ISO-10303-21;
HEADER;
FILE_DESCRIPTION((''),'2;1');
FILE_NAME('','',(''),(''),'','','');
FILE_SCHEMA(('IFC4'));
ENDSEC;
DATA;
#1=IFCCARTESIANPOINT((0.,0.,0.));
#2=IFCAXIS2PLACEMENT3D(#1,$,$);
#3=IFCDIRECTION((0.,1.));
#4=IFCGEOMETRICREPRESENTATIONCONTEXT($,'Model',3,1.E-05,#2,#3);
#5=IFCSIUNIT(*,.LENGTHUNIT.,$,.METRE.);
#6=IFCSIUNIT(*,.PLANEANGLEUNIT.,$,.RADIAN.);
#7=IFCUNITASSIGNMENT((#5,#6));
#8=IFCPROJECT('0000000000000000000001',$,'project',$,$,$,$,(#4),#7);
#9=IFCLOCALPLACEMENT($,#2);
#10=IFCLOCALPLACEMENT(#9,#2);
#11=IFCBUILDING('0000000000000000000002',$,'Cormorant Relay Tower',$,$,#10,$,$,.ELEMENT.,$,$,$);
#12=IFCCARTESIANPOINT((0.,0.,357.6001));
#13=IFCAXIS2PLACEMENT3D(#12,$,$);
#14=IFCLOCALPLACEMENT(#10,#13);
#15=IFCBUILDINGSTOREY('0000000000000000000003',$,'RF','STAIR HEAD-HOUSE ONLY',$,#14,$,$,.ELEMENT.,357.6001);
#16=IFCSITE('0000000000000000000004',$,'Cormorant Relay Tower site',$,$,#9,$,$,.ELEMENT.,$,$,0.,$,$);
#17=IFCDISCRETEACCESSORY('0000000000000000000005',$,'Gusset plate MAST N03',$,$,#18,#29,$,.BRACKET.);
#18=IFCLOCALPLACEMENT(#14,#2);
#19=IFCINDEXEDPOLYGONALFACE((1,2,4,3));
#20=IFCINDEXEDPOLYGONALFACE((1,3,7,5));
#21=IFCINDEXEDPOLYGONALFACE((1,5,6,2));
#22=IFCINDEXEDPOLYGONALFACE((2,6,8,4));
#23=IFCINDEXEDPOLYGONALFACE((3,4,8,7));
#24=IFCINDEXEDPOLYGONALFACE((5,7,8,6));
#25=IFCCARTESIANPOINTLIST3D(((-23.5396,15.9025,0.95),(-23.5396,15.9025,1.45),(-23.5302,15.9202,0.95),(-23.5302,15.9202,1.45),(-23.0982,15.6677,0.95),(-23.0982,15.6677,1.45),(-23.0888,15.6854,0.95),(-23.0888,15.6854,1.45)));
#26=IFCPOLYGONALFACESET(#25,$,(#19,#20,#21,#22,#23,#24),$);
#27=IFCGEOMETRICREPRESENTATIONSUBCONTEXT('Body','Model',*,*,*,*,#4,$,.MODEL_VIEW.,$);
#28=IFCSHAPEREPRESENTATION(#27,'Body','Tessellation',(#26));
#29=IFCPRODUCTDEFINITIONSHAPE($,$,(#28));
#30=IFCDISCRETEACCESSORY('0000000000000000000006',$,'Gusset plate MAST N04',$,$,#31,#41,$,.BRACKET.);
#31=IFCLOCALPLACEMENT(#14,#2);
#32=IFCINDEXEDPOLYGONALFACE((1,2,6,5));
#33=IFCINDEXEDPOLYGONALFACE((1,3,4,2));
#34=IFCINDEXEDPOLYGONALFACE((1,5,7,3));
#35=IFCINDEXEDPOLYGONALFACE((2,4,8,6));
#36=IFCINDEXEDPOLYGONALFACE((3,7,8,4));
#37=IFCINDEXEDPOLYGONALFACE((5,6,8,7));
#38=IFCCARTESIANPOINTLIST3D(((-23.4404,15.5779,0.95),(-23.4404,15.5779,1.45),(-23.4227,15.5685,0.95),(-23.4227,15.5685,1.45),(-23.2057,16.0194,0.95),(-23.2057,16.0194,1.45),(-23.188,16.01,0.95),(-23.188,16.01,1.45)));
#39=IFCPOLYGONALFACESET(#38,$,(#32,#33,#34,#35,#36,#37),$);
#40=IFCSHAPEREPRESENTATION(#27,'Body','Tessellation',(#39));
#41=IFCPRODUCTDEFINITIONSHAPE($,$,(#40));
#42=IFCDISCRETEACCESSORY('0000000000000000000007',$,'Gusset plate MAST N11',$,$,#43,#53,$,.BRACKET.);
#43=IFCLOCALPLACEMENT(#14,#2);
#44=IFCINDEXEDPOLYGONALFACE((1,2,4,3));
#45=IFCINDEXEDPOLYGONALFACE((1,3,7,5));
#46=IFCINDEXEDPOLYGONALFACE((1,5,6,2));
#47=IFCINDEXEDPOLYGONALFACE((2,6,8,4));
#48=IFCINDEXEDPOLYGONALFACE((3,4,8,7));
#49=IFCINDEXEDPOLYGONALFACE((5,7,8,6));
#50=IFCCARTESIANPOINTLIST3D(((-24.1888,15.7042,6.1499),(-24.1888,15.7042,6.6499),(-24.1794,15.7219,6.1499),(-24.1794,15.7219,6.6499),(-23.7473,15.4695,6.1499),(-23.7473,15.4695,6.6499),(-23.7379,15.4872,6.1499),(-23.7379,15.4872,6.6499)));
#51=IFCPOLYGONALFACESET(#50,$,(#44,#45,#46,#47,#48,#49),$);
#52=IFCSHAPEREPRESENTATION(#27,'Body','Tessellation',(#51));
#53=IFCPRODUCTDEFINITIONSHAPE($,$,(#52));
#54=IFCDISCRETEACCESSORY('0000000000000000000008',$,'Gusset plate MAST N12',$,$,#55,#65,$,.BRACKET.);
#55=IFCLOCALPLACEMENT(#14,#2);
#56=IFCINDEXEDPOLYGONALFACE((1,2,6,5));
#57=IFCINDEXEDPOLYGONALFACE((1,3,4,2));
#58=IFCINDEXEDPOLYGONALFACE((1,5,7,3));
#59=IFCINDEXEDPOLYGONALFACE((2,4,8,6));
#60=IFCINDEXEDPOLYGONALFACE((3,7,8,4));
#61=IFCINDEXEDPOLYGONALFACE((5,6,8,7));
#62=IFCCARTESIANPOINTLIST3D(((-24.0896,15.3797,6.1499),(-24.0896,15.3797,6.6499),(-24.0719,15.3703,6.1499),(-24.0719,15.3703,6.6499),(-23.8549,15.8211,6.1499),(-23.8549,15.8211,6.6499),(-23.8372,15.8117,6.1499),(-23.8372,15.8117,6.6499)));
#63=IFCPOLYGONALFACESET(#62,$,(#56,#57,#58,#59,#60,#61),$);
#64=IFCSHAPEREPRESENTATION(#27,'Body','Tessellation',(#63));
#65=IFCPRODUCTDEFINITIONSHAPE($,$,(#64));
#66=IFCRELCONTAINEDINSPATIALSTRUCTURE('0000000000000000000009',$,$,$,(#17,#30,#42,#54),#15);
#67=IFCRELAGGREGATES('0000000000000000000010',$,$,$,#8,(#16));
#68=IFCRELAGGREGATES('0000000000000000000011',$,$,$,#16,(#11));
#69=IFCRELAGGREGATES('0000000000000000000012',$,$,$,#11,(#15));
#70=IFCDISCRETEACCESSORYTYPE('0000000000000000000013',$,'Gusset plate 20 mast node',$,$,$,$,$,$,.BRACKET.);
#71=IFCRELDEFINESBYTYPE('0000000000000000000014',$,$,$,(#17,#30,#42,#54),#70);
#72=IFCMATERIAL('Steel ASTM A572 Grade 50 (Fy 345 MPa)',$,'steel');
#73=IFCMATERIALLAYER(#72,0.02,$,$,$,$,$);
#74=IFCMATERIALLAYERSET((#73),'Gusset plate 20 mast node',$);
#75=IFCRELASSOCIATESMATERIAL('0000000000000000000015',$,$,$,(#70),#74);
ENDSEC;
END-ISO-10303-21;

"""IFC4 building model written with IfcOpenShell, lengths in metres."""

from ifc_helpers import new_model, si_unit, direction, frame, origin, origin_2d, place, context, subcontext, project, spatial, rectangle, extrude, material, layer, layer_set, type_object, element, save


model = new_model("IFC4")

# Units and contexts
model_context = context("Model", 3, precision=1e-05, world=origin(), true_north=direction((0.0, 1.0)))
body_context = subcontext(model_context, "Body", "Model", "MODEL_VIEW")
ifc_project = project(units=[si_unit("LENGTHUNIT", "METRE"), si_unit("PLANEANGLEUNIT", "RADIAN")], contexts=[model_context])

# Site, building, storey
site_placement = place(None, origin())
site = spatial("IfcSite", under=ifc_project, at=site_placement, Name="Cormorant Relay Tower site", CompositionType="ELEMENT", RefElevation=0.0)
building_placement = place(site_placement, origin())
building = spatial("IfcBuilding", under=site, at=building_placement, Name="Cormorant Relay Tower", CompositionType="ELEMENT")
storey_placement = place(building_placement, frame((0.0, 0.0, 357.6001)))
storey = spatial("IfcBuildingStorey", under=building, at=storey_placement, Name="RF", Description="STAIR HEAD-HOUSE ONLY", CompositionType="ELEMENT", Elevation=357.6001)

# Discrete accessories
ifc_material_1 = material(Name="Steel ASTM A572 Grade 50 (Fy 345 MPa)", Category="steel")
ifc_layer_1 = layer(ifc_material_1, 0.02)
ifc_layer_set_1 = layer_set([ifc_layer_1], Name="Gusset plate 20 mast node")
discrete_accessory_type = type_object("IfcDiscreteAccessoryType", Name="Gusset plate 20 mast node", PredefinedType="BRACKET", material=ifc_layer_set_1)
for number, where, z_axis, x_axis, name in (
    (1, (-23.3142, 15.7939, 0.95), (0.0, 0.0, 1.0), (-0.882859, 0.469638, 0.0), "Gusset plate MAST N03"),
    (2, (-23.3142, 15.7939, 0.95), (0.0, 0.0, 1.0), (0.469311, 0.883033, 0.0), "Gusset plate MAST N04"),
    (3, (-23.9634, 15.5957, 6.1499), (0.0, 0.0, 1.0), (-0.882948, 0.46947, 0.0), "Gusset plate MAST N11"),
    (4, (-23.9634, 15.5957, 6.1499), (0.0, 0.0, 1.0), (0.469462, 0.882953, 0.0), "Gusset plate MAST N12"),
):
    element("IfcDiscreteAccessory", number, at=place(storey_placement, frame(where, z_axis=z_axis, x_axis=x_axis)), inside=storey, type_object=discrete_accessory_type, Name=name, PredefinedType="BRACKET", context=body_context, shape_type="SweptSolid", body=[
        extrude(rectangle(XDim=0.5, YDim=0.02, at=origin_2d()), origin(), (0.0, 0.0, 1.0), 0.5),
    ])

save(model, "model.ifc")
